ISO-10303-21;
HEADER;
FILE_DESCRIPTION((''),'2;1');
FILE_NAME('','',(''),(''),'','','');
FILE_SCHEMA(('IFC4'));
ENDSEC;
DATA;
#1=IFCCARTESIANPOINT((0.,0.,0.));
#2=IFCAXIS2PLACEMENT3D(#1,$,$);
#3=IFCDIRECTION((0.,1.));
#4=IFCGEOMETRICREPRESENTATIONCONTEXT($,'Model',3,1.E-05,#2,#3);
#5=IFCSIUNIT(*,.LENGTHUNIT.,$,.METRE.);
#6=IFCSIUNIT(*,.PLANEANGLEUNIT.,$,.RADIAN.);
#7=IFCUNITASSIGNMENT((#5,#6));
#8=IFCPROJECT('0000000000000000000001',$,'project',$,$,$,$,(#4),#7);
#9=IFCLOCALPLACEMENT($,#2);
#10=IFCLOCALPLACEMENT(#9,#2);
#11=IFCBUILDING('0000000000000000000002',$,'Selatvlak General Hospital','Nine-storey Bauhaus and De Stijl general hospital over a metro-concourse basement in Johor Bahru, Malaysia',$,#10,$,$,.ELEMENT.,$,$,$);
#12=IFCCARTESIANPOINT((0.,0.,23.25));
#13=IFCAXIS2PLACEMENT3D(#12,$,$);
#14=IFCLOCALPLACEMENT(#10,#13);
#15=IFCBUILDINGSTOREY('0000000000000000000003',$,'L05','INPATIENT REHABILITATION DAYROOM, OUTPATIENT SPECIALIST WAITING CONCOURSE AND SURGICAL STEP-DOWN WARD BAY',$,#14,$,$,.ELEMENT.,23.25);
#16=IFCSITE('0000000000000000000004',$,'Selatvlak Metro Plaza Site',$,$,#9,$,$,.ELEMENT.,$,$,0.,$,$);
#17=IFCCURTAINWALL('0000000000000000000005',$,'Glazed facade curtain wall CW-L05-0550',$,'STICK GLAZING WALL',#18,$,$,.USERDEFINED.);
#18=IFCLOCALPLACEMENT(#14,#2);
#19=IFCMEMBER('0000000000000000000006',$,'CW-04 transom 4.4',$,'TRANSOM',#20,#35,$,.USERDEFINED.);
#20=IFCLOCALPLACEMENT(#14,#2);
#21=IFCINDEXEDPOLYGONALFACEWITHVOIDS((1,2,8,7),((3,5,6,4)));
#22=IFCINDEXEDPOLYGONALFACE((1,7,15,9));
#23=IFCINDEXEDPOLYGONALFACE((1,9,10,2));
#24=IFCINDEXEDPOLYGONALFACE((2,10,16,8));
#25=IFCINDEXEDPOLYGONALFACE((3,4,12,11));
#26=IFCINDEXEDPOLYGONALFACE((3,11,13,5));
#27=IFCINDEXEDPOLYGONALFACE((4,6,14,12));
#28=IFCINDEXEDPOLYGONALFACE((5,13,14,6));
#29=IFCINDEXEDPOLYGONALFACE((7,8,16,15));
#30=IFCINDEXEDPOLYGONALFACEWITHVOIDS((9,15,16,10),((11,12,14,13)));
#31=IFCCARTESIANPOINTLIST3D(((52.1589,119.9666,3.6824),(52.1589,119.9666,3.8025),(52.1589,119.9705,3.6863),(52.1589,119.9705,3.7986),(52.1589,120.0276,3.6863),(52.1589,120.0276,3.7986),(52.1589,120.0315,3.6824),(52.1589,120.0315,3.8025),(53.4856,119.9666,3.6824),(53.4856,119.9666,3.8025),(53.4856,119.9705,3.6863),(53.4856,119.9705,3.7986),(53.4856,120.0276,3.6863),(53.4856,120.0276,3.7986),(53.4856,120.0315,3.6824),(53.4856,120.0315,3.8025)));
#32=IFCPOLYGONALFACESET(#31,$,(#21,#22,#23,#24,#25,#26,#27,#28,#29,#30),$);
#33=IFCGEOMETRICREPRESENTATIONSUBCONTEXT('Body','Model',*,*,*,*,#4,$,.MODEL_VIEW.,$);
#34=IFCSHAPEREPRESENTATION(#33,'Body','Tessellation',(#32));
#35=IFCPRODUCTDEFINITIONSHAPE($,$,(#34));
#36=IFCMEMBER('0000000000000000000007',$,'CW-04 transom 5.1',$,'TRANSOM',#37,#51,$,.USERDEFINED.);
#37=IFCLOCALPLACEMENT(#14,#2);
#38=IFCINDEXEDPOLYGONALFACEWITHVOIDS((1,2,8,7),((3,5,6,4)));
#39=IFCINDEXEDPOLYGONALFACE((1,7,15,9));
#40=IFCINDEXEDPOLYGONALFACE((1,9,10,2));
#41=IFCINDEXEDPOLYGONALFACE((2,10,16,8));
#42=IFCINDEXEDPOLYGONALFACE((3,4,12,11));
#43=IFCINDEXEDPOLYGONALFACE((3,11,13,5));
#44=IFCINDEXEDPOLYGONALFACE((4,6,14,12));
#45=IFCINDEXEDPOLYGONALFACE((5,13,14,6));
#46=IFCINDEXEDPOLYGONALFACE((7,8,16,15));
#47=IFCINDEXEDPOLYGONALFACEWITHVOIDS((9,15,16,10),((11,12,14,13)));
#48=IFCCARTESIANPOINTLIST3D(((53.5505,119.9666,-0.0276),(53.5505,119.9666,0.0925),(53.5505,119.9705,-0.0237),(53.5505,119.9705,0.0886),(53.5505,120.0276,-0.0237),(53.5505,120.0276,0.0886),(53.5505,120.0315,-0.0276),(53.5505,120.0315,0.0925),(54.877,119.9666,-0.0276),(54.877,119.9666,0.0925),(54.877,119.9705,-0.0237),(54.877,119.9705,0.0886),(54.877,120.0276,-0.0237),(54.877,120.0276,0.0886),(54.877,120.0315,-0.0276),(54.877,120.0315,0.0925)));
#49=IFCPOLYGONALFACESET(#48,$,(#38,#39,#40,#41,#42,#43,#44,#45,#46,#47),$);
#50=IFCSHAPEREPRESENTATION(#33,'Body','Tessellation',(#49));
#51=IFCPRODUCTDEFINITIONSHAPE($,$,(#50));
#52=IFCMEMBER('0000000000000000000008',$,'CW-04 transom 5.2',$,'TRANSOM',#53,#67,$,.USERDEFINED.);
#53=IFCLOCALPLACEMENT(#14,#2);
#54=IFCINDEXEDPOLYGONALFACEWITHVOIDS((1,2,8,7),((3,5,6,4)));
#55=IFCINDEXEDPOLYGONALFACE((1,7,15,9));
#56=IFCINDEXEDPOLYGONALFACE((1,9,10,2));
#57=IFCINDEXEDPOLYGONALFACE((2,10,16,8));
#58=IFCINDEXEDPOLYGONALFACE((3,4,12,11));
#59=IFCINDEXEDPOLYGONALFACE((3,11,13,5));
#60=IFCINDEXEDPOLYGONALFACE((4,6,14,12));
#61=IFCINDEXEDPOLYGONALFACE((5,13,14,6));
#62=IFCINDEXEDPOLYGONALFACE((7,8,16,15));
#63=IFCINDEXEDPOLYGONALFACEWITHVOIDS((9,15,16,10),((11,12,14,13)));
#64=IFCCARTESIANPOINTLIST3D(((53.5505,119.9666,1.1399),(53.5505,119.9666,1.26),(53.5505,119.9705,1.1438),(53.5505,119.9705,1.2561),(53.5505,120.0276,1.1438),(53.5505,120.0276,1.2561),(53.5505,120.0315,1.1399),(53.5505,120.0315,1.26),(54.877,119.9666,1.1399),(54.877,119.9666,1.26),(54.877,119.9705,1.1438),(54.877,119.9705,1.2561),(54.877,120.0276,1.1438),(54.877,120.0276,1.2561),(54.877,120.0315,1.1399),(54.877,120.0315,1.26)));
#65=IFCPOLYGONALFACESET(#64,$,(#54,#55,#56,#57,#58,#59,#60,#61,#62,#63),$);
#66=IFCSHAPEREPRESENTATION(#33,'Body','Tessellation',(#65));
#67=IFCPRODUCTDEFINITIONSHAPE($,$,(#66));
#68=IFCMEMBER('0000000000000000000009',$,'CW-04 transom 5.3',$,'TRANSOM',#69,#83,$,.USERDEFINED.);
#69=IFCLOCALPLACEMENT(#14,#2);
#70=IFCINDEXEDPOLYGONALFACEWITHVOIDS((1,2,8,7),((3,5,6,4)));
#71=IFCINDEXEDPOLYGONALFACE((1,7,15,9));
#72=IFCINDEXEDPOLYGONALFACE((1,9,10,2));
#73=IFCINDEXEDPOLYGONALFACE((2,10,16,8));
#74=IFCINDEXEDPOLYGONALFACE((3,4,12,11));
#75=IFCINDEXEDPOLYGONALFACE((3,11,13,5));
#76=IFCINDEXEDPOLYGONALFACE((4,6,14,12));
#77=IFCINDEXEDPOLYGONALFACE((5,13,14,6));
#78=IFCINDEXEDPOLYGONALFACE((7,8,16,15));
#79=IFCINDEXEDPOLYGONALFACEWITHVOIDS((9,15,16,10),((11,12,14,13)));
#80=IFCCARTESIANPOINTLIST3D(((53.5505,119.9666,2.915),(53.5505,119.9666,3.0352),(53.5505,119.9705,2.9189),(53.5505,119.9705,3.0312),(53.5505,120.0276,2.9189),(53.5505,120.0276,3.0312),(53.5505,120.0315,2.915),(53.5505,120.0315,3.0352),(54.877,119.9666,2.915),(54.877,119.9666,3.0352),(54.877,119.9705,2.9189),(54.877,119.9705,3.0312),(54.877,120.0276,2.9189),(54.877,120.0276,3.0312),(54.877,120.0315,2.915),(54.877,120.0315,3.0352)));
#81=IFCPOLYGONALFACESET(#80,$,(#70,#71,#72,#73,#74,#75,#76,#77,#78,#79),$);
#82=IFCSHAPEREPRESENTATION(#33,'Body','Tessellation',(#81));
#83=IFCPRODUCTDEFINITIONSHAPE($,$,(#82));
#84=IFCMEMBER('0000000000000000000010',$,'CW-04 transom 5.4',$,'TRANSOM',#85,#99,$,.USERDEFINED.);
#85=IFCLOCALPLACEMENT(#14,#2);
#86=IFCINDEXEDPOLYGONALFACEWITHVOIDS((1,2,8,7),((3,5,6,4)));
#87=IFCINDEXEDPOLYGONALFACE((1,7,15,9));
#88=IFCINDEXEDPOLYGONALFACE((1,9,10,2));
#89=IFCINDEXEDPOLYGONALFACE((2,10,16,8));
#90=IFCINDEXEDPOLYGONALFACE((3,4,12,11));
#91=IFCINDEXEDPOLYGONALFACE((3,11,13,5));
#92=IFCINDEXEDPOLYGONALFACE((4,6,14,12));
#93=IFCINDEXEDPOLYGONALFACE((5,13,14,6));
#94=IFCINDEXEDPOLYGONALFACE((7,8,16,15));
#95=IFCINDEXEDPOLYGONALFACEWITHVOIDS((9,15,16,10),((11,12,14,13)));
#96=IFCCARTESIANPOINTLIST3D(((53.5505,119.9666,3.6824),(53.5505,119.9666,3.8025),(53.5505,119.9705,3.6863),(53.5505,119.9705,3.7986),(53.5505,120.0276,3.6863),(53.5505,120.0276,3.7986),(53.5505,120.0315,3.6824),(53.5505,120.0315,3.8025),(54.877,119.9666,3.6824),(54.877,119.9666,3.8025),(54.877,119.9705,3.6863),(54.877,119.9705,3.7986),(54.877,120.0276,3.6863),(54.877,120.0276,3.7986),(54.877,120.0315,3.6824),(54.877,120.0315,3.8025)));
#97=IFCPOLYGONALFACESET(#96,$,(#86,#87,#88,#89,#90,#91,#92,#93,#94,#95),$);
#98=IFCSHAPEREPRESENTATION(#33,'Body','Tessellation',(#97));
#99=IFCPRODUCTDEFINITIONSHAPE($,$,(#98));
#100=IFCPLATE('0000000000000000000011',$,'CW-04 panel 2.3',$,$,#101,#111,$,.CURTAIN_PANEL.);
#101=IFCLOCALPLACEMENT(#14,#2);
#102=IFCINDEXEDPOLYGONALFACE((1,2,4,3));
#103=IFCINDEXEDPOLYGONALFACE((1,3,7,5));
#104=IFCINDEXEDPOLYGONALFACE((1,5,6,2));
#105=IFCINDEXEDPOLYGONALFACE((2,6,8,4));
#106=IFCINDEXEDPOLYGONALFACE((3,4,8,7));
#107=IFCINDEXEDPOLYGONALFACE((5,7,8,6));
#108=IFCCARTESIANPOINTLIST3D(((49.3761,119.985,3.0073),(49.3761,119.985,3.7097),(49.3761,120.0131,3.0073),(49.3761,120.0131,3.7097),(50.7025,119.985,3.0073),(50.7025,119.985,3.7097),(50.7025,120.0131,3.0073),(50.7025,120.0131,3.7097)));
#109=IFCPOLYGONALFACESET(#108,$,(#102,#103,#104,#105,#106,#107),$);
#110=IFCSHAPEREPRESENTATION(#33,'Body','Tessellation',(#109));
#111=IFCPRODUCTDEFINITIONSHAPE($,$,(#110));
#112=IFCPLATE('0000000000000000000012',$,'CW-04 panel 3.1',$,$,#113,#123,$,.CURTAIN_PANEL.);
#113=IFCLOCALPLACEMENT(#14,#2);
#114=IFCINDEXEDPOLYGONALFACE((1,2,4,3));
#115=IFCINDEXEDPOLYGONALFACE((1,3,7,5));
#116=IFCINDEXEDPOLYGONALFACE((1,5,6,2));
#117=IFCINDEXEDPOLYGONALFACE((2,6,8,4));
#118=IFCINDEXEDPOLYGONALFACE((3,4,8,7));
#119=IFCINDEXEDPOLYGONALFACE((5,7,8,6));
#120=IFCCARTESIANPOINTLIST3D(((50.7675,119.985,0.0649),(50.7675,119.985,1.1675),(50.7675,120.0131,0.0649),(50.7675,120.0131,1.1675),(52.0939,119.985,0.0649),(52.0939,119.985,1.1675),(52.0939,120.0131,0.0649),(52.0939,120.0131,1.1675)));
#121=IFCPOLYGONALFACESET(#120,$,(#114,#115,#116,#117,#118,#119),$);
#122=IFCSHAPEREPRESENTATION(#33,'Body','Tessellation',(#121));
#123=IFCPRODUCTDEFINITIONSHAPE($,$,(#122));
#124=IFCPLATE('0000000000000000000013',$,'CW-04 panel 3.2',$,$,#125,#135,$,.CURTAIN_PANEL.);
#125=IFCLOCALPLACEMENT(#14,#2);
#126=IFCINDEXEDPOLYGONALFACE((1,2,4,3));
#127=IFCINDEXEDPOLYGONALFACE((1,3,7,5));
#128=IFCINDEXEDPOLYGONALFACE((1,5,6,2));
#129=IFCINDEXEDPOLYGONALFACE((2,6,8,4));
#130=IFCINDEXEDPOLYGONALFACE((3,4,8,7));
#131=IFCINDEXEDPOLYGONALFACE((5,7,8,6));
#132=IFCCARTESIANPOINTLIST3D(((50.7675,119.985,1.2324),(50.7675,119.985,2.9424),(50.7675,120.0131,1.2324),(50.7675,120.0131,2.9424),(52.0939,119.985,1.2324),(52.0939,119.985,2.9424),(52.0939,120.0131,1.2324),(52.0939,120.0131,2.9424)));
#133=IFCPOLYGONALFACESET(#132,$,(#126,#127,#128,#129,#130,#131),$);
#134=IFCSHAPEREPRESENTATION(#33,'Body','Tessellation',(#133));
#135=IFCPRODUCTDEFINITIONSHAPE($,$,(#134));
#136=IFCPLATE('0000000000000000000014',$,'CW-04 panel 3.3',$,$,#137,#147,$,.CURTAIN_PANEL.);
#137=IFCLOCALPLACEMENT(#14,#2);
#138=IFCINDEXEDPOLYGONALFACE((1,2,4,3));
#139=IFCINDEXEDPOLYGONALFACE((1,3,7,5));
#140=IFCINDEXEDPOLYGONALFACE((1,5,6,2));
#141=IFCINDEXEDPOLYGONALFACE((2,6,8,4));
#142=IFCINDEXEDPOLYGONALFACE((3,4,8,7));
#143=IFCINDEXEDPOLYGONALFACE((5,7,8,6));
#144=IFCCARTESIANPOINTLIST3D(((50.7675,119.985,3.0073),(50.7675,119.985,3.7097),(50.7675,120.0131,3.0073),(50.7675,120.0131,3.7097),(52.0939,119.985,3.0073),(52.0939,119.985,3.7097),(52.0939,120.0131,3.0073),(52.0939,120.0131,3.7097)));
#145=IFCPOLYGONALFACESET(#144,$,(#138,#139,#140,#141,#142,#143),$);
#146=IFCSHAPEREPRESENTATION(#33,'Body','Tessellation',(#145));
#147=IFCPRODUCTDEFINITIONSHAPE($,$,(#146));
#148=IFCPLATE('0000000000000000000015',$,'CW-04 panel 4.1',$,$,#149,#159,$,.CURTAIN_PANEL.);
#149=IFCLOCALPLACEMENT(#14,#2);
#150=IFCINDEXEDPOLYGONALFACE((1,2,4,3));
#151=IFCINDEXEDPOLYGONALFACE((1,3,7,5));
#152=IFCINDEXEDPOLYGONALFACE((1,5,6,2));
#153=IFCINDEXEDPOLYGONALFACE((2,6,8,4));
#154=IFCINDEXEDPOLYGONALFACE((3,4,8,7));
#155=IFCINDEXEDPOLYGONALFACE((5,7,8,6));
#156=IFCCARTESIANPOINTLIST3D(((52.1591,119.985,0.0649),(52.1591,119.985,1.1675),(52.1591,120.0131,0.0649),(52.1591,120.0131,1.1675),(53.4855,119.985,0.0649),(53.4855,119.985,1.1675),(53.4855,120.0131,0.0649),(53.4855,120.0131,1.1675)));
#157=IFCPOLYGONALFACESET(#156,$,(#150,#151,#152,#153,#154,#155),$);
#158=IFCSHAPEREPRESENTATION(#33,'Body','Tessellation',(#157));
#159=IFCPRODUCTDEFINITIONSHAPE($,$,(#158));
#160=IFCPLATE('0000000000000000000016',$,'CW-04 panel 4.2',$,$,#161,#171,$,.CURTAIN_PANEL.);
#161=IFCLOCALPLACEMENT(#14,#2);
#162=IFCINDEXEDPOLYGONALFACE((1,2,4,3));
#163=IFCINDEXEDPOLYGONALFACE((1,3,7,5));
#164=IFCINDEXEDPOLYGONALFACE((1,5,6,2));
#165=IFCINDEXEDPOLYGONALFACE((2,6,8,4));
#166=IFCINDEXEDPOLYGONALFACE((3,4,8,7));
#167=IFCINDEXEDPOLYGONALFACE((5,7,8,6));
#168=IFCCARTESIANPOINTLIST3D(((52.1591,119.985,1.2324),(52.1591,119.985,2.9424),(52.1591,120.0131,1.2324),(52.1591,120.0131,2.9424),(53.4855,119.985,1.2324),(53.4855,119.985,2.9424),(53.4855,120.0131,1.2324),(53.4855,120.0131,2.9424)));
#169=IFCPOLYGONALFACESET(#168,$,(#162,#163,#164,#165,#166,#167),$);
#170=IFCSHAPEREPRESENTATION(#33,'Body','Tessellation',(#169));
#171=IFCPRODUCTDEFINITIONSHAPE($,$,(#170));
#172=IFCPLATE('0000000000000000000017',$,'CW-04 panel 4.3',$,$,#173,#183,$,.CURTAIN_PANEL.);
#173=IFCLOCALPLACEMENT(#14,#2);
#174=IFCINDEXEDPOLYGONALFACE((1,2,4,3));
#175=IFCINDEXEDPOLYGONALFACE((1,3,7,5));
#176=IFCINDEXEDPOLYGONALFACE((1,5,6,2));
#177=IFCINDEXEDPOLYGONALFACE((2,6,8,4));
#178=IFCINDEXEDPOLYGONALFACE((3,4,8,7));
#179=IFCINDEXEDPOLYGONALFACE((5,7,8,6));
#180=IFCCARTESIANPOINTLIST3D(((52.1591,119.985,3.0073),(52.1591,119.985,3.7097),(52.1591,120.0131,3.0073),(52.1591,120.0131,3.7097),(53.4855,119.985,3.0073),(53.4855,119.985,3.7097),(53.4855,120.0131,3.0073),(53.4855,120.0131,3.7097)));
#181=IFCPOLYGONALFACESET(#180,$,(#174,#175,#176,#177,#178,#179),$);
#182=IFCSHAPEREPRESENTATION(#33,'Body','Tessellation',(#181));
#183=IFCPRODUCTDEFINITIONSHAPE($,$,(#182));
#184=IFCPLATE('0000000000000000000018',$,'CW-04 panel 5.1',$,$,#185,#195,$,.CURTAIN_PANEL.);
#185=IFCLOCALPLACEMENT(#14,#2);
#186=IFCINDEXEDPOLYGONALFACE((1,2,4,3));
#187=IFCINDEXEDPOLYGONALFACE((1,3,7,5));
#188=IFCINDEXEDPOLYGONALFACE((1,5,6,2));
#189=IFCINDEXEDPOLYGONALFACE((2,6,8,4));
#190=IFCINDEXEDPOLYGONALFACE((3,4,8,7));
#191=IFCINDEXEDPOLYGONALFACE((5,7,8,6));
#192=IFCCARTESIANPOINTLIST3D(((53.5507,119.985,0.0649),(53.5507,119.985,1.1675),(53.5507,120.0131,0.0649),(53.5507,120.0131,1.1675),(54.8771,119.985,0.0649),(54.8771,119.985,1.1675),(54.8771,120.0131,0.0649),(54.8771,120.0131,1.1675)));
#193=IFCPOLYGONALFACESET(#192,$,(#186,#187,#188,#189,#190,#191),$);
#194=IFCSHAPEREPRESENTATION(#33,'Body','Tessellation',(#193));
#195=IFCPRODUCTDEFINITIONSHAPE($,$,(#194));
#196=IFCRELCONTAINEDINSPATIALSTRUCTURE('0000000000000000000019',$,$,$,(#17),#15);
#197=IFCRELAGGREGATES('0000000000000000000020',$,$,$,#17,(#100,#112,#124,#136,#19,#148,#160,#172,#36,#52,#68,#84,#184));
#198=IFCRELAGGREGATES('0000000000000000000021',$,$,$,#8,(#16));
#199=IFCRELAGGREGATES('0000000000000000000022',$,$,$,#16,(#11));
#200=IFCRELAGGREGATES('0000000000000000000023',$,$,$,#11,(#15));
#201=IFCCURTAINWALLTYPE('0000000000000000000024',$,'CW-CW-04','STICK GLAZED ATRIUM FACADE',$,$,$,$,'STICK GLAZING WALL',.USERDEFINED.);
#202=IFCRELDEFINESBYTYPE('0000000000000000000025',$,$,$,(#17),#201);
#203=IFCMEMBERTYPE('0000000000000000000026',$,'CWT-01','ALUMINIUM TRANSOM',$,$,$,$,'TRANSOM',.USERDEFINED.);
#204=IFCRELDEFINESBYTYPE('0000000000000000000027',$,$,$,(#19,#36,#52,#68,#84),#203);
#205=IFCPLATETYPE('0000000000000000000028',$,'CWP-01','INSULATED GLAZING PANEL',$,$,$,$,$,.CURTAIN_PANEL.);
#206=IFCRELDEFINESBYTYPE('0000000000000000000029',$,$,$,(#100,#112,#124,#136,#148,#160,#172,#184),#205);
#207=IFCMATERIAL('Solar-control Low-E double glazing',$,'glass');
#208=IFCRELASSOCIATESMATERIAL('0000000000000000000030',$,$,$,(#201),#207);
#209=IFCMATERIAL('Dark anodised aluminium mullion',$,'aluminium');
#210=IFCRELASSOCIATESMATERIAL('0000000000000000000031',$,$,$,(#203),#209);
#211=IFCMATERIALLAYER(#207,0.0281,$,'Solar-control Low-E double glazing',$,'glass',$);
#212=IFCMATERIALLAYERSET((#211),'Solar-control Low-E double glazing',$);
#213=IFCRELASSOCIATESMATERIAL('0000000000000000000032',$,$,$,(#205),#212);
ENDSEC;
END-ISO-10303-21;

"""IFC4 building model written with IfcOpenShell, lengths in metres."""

from ifc_helpers import new_model, si_unit, direction, frame, origin, origin_2d, place, context, subcontext, project, spatial, rectangle, hollow_rectangle, extrude, material, layer, layer_set, material_profile, profile_set, type_object, element, aggregate, save


model = new_model("IFC4")

# Units and contexts
model_context = context("Model", 3, precision=1e-05, world=origin(), true_north=direction((0.0, 1.0)))
body_context = subcontext(model_context, "Body", "Model", "MODEL_VIEW")
ifc_project = project(units=[si_unit("LENGTHUNIT", "METRE"), si_unit("PLANEANGLEUNIT", "RADIAN")], contexts=[model_context])

# Site, building, storey
site_placement = place(None, origin())
site = spatial("IfcSite", under=ifc_project, at=site_placement, Name="Selatvlak Metro Plaza Site", CompositionType="ELEMENT", RefElevation=0.0)
building_placement = place(site_placement, origin())
building = spatial("IfcBuilding", under=site, at=building_placement, Name="Selatvlak General Hospital", Description="Nine-storey Bauhaus and De Stijl general hospital over a metro-concourse basement in Johor Bahru, Malaysia", CompositionType="ELEMENT")
storey_placement = place(building_placement, frame((0.0, 0.0, 23.25)))
storey = spatial("IfcBuildingStorey", under=building, at=storey_placement, Name="L05", Description="INPATIENT REHABILITATION DAYROOM, OUTPATIENT SPECIALIST WAITING CONCOURSE AND SURGICAL STEP-DOWN WARD BAY", CompositionType="ELEMENT", Elevation=23.25)

# Curtain wall, members, plates
ifc_material_1 = material(Name="Solar-control Low-E double glazing", Category="glass")
curtain_wall_type = type_object("IfcCurtainWallType", Name="CW-CW-04", Description="STICK GLAZED ATRIUM FACADE", ElementType="STICK GLAZING WALL", PredefinedType="USERDEFINED", material=ifc_material_1)
curtain_wall_placement = place(storey_placement, origin())
curtain_wall = element("IfcCurtainWall", 1, at=curtain_wall_placement, inside=storey, type_object=curtain_wall_type, Name="Glazed facade curtain wall CW-L05-0550", ObjectType="STICK GLAZING WALL", PredefinedType="USERDEFINED")
ifc_material_2 = material(Name="Dark anodised aluminium mullion", Category="aluminium")
ifc_material_profile_1 = material_profile(ifc_material_2, hollow_rectangle(XDim=0.0649, YDim=0.1201, WallThickness=0.0039, at=origin_2d()), Name="AL-TRN 65x120x4")
ifc_profile_set_1 = profile_set([ifc_material_profile_1], Name="Dark anodised aluminium mullion")
member_type_1 = type_object("IfcMemberType", Name="CWT-01", Description="ALUMINIUM TRANSOM", ElementType="TRANSOM", PredefinedType="USERDEFINED", material=ifc_profile_set_1)
member_1_placement = place(storey_placement, frame((52.1589, 119.999, 3.7424), z_axis=(1.0, 0.0, 0.0), x_axis=(0.0, 1.0, 0.0)))
member_1 = element("IfcMember", 2, at=member_1_placement, type_object=member_type_1, Name="CW-04 transom 4.4", ObjectType="TRANSOM", PredefinedType="USERDEFINED", context=body_context, shape_type="SweptSolid", body=[
    extrude(hollow_rectangle(XDim=0.0649, YDim=0.1201, WallThickness=0.0039, at=origin_2d()), origin(), (0.0, 0.0, 1.0), 1.3267),
])
member_2_placement = place(storey_placement, frame((53.5505, 119.999, 0.0325), z_axis=(1.0, 0.0, 0.0), x_axis=(0.0, 1.0, 0.0)))
member_2 = element("IfcMember", 3, at=member_2_placement, type_object=member_type_1, Name="CW-04 transom 5.1", ObjectType="TRANSOM", PredefinedType="USERDEFINED", context=body_context, shape_type="SweptSolid", body=[
    extrude(hollow_rectangle(XDim=0.0649, YDim=0.1201, WallThickness=0.0039, at=origin_2d()), origin(), (0.0, 0.0, 1.0), 1.3264),
])
member_3_placement = place(storey_placement, frame((53.5505, 119.999, 1.2), z_axis=(1.0, 0.0, 0.0), x_axis=(0.0, 1.0, 0.0)))
member_3 = element("IfcMember", 4, at=member_3_placement, type_object=member_type_1, Name="CW-04 transom 5.2", ObjectType="TRANSOM", PredefinedType="USERDEFINED", context=body_context, shape_type="SweptSolid", body=[
    extrude(hollow_rectangle(XDim=0.0649, YDim=0.1201, WallThickness=0.0039, at=origin_2d()), origin(), (0.0, 0.0, 1.0), 1.3264),
])
member_4_placement = place(storey_placement, frame((53.5505, 119.999, 2.9751), z_axis=(1.0, 0.0, 0.0), x_axis=(0.0, 1.0, 0.0)))
member_4 = element("IfcMember", 5, at=member_4_placement, type_object=member_type_1, Name="CW-04 transom 5.3", ObjectType="TRANSOM", PredefinedType="USERDEFINED", context=body_context, shape_type="SweptSolid", body=[
    extrude(hollow_rectangle(XDim=0.0649, YDim=0.1201, WallThickness=0.0039, at=origin_2d()), origin(), (0.0, 0.0, 1.0), 1.3264),
])
member_5_placement = place(storey_placement, frame((53.5505, 119.999, 3.7424), z_axis=(1.0, 0.0, 0.0), x_axis=(0.0, 1.0, 0.0)))
member_5 = element("IfcMember", 6, at=member_5_placement, type_object=member_type_1, Name="CW-04 transom 5.4", ObjectType="TRANSOM", PredefinedType="USERDEFINED", context=body_context, shape_type="SweptSolid", body=[
    extrude(hollow_rectangle(XDim=0.0649, YDim=0.1201, WallThickness=0.0039, at=origin_2d()), origin(), (0.0, 0.0, 1.0), 1.3264),
])
ifc_layer_1 = layer(ifc_material_1, 0.0281, Name="Solar-control Low-E double glazing", Category="glass")
ifc_layer_set_1 = layer_set([ifc_layer_1], Name="Solar-control Low-E double glazing")
plate_type = type_object("IfcPlateType", Name="CWP-01", Description="INSULATED GLAZING PANEL", PredefinedType="CURTAIN_PANEL", material=ifc_layer_set_1)
plate_1_placement = place(storey_placement, frame((50.0393, 119.999, 3.0073), z_axis=(0.0, 0.0, 1.0), x_axis=(1.0, 0.0, 0.0)))
plate_1 = element("IfcPlate", 7, at=plate_1_placement, type_object=plate_type, Name="CW-04 panel 2.3", PredefinedType="CURTAIN_PANEL", context=body_context, shape_type="SweptSolid", body=[
    extrude(rectangle(XDim=1.3264, YDim=0.0281, at=origin_2d()), origin(), (0.0, 0.0, 1.0), 0.7024),
])
plate_2_placement = place(storey_placement, frame((51.4307, 119.999, 0.0649), z_axis=(0.0, 0.0, 1.0), x_axis=(1.0, 0.0, 0.0)))
plate_2 = element("IfcPlate", 8, at=plate_2_placement, type_object=plate_type, Name="CW-04 panel 3.1", PredefinedType="CURTAIN_PANEL", context=body_context, shape_type="SweptSolid", body=[
    extrude(rectangle(XDim=1.3264, YDim=0.0281, at=origin_2d()), origin(), (0.0, 0.0, 1.0), 1.1025),
])
plate_3_placement = place(storey_placement, frame((51.4307, 119.999, 1.2324), z_axis=(0.0, 0.0, 1.0), x_axis=(1.0, 0.0, 0.0)))
plate_3 = element("IfcPlate", 9, at=plate_3_placement, type_object=plate_type, Name="CW-04 panel 3.2", PredefinedType="CURTAIN_PANEL", context=body_context, shape_type="SweptSolid", body=[
    extrude(rectangle(XDim=1.3264, YDim=0.0281, at=origin_2d()), origin(), (0.0, 0.0, 1.0), 1.71),
])
plate_4_placement = place(storey_placement, frame((51.4307, 119.999, 3.0073), z_axis=(0.0, 0.0, 1.0), x_axis=(1.0, 0.0, 0.0)))
plate_4 = element("IfcPlate", 10, at=plate_4_placement, type_object=plate_type, Name="CW-04 panel 3.3", PredefinedType="CURTAIN_PANEL", context=body_context, shape_type="SweptSolid", body=[
    extrude(rectangle(XDim=1.3264, YDim=0.0281, at=origin_2d()), origin(), (0.0, 0.0, 1.0), 0.7024),
])
plate_5_placement = place(storey_placement, frame((52.8223, 119.999, 0.0649), z_axis=(0.0, 0.0, 1.0), x_axis=(1.0, 0.0, 0.0)))
plate_5 = element("IfcPlate", 11, at=plate_5_placement, type_object=plate_type, Name="CW-04 panel 4.1", PredefinedType="CURTAIN_PANEL", context=body_context, shape_type="SweptSolid", body=[
    extrude(rectangle(XDim=1.3264, YDim=0.0281, at=origin_2d()), origin(), (0.0, 0.0, 1.0), 1.1025),
])
plate_6_placement = place(storey_placement, frame((52.8223, 119.999, 1.2324), z_axis=(0.0, 0.0, 1.0), x_axis=(1.0, 0.0, 0.0)))
plate_6 = element("IfcPlate", 12, at=plate_6_placement, type_object=plate_type, Name="CW-04 panel 4.2", PredefinedType="CURTAIN_PANEL", context=body_context, shape_type="SweptSolid", body=[
    extrude(rectangle(XDim=1.3264, YDim=0.0281, at=origin_2d()), origin(), (0.0, 0.0, 1.0), 1.71),
])
plate_7_placement = place(storey_placement, frame((52.8223, 119.999, 3.0073), z_axis=(0.0, 0.0, 1.0), x_axis=(1.0, 0.0, 0.0)))
plate_7 = element("IfcPlate", 13, at=plate_7_placement, type_object=plate_type, Name="CW-04 panel 4.3", PredefinedType="CURTAIN_PANEL", context=body_context, shape_type="SweptSolid", body=[
    extrude(rectangle(XDim=1.3264, YDim=0.0281, at=origin_2d()), origin(), (0.0, 0.0, 1.0), 0.7024),
])
plate_8_placement = place(storey_placement, frame((54.2139, 119.999, 0.0649), z_axis=(0.0, 0.0, 1.0), x_axis=(1.0, 0.0, 0.0)))
plate_8 = element("IfcPlate", 14, at=plate_8_placement, type_object=plate_type, Name="CW-04 panel 5.1", PredefinedType="CURTAIN_PANEL", context=body_context, shape_type="SweptSolid", body=[
    extrude(rectangle(XDim=1.3264, YDim=0.0281, at=origin_2d()), origin(), (0.0, 0.0, 1.0), 1.1025),
])
aggregate(curtain_wall, [plate_1, plate_2, plate_3, plate_4, member_1, plate_5, plate_6, plate_7, member_2, member_3, member_4, member_5, plate_8])

save(model, "model.ifc")
